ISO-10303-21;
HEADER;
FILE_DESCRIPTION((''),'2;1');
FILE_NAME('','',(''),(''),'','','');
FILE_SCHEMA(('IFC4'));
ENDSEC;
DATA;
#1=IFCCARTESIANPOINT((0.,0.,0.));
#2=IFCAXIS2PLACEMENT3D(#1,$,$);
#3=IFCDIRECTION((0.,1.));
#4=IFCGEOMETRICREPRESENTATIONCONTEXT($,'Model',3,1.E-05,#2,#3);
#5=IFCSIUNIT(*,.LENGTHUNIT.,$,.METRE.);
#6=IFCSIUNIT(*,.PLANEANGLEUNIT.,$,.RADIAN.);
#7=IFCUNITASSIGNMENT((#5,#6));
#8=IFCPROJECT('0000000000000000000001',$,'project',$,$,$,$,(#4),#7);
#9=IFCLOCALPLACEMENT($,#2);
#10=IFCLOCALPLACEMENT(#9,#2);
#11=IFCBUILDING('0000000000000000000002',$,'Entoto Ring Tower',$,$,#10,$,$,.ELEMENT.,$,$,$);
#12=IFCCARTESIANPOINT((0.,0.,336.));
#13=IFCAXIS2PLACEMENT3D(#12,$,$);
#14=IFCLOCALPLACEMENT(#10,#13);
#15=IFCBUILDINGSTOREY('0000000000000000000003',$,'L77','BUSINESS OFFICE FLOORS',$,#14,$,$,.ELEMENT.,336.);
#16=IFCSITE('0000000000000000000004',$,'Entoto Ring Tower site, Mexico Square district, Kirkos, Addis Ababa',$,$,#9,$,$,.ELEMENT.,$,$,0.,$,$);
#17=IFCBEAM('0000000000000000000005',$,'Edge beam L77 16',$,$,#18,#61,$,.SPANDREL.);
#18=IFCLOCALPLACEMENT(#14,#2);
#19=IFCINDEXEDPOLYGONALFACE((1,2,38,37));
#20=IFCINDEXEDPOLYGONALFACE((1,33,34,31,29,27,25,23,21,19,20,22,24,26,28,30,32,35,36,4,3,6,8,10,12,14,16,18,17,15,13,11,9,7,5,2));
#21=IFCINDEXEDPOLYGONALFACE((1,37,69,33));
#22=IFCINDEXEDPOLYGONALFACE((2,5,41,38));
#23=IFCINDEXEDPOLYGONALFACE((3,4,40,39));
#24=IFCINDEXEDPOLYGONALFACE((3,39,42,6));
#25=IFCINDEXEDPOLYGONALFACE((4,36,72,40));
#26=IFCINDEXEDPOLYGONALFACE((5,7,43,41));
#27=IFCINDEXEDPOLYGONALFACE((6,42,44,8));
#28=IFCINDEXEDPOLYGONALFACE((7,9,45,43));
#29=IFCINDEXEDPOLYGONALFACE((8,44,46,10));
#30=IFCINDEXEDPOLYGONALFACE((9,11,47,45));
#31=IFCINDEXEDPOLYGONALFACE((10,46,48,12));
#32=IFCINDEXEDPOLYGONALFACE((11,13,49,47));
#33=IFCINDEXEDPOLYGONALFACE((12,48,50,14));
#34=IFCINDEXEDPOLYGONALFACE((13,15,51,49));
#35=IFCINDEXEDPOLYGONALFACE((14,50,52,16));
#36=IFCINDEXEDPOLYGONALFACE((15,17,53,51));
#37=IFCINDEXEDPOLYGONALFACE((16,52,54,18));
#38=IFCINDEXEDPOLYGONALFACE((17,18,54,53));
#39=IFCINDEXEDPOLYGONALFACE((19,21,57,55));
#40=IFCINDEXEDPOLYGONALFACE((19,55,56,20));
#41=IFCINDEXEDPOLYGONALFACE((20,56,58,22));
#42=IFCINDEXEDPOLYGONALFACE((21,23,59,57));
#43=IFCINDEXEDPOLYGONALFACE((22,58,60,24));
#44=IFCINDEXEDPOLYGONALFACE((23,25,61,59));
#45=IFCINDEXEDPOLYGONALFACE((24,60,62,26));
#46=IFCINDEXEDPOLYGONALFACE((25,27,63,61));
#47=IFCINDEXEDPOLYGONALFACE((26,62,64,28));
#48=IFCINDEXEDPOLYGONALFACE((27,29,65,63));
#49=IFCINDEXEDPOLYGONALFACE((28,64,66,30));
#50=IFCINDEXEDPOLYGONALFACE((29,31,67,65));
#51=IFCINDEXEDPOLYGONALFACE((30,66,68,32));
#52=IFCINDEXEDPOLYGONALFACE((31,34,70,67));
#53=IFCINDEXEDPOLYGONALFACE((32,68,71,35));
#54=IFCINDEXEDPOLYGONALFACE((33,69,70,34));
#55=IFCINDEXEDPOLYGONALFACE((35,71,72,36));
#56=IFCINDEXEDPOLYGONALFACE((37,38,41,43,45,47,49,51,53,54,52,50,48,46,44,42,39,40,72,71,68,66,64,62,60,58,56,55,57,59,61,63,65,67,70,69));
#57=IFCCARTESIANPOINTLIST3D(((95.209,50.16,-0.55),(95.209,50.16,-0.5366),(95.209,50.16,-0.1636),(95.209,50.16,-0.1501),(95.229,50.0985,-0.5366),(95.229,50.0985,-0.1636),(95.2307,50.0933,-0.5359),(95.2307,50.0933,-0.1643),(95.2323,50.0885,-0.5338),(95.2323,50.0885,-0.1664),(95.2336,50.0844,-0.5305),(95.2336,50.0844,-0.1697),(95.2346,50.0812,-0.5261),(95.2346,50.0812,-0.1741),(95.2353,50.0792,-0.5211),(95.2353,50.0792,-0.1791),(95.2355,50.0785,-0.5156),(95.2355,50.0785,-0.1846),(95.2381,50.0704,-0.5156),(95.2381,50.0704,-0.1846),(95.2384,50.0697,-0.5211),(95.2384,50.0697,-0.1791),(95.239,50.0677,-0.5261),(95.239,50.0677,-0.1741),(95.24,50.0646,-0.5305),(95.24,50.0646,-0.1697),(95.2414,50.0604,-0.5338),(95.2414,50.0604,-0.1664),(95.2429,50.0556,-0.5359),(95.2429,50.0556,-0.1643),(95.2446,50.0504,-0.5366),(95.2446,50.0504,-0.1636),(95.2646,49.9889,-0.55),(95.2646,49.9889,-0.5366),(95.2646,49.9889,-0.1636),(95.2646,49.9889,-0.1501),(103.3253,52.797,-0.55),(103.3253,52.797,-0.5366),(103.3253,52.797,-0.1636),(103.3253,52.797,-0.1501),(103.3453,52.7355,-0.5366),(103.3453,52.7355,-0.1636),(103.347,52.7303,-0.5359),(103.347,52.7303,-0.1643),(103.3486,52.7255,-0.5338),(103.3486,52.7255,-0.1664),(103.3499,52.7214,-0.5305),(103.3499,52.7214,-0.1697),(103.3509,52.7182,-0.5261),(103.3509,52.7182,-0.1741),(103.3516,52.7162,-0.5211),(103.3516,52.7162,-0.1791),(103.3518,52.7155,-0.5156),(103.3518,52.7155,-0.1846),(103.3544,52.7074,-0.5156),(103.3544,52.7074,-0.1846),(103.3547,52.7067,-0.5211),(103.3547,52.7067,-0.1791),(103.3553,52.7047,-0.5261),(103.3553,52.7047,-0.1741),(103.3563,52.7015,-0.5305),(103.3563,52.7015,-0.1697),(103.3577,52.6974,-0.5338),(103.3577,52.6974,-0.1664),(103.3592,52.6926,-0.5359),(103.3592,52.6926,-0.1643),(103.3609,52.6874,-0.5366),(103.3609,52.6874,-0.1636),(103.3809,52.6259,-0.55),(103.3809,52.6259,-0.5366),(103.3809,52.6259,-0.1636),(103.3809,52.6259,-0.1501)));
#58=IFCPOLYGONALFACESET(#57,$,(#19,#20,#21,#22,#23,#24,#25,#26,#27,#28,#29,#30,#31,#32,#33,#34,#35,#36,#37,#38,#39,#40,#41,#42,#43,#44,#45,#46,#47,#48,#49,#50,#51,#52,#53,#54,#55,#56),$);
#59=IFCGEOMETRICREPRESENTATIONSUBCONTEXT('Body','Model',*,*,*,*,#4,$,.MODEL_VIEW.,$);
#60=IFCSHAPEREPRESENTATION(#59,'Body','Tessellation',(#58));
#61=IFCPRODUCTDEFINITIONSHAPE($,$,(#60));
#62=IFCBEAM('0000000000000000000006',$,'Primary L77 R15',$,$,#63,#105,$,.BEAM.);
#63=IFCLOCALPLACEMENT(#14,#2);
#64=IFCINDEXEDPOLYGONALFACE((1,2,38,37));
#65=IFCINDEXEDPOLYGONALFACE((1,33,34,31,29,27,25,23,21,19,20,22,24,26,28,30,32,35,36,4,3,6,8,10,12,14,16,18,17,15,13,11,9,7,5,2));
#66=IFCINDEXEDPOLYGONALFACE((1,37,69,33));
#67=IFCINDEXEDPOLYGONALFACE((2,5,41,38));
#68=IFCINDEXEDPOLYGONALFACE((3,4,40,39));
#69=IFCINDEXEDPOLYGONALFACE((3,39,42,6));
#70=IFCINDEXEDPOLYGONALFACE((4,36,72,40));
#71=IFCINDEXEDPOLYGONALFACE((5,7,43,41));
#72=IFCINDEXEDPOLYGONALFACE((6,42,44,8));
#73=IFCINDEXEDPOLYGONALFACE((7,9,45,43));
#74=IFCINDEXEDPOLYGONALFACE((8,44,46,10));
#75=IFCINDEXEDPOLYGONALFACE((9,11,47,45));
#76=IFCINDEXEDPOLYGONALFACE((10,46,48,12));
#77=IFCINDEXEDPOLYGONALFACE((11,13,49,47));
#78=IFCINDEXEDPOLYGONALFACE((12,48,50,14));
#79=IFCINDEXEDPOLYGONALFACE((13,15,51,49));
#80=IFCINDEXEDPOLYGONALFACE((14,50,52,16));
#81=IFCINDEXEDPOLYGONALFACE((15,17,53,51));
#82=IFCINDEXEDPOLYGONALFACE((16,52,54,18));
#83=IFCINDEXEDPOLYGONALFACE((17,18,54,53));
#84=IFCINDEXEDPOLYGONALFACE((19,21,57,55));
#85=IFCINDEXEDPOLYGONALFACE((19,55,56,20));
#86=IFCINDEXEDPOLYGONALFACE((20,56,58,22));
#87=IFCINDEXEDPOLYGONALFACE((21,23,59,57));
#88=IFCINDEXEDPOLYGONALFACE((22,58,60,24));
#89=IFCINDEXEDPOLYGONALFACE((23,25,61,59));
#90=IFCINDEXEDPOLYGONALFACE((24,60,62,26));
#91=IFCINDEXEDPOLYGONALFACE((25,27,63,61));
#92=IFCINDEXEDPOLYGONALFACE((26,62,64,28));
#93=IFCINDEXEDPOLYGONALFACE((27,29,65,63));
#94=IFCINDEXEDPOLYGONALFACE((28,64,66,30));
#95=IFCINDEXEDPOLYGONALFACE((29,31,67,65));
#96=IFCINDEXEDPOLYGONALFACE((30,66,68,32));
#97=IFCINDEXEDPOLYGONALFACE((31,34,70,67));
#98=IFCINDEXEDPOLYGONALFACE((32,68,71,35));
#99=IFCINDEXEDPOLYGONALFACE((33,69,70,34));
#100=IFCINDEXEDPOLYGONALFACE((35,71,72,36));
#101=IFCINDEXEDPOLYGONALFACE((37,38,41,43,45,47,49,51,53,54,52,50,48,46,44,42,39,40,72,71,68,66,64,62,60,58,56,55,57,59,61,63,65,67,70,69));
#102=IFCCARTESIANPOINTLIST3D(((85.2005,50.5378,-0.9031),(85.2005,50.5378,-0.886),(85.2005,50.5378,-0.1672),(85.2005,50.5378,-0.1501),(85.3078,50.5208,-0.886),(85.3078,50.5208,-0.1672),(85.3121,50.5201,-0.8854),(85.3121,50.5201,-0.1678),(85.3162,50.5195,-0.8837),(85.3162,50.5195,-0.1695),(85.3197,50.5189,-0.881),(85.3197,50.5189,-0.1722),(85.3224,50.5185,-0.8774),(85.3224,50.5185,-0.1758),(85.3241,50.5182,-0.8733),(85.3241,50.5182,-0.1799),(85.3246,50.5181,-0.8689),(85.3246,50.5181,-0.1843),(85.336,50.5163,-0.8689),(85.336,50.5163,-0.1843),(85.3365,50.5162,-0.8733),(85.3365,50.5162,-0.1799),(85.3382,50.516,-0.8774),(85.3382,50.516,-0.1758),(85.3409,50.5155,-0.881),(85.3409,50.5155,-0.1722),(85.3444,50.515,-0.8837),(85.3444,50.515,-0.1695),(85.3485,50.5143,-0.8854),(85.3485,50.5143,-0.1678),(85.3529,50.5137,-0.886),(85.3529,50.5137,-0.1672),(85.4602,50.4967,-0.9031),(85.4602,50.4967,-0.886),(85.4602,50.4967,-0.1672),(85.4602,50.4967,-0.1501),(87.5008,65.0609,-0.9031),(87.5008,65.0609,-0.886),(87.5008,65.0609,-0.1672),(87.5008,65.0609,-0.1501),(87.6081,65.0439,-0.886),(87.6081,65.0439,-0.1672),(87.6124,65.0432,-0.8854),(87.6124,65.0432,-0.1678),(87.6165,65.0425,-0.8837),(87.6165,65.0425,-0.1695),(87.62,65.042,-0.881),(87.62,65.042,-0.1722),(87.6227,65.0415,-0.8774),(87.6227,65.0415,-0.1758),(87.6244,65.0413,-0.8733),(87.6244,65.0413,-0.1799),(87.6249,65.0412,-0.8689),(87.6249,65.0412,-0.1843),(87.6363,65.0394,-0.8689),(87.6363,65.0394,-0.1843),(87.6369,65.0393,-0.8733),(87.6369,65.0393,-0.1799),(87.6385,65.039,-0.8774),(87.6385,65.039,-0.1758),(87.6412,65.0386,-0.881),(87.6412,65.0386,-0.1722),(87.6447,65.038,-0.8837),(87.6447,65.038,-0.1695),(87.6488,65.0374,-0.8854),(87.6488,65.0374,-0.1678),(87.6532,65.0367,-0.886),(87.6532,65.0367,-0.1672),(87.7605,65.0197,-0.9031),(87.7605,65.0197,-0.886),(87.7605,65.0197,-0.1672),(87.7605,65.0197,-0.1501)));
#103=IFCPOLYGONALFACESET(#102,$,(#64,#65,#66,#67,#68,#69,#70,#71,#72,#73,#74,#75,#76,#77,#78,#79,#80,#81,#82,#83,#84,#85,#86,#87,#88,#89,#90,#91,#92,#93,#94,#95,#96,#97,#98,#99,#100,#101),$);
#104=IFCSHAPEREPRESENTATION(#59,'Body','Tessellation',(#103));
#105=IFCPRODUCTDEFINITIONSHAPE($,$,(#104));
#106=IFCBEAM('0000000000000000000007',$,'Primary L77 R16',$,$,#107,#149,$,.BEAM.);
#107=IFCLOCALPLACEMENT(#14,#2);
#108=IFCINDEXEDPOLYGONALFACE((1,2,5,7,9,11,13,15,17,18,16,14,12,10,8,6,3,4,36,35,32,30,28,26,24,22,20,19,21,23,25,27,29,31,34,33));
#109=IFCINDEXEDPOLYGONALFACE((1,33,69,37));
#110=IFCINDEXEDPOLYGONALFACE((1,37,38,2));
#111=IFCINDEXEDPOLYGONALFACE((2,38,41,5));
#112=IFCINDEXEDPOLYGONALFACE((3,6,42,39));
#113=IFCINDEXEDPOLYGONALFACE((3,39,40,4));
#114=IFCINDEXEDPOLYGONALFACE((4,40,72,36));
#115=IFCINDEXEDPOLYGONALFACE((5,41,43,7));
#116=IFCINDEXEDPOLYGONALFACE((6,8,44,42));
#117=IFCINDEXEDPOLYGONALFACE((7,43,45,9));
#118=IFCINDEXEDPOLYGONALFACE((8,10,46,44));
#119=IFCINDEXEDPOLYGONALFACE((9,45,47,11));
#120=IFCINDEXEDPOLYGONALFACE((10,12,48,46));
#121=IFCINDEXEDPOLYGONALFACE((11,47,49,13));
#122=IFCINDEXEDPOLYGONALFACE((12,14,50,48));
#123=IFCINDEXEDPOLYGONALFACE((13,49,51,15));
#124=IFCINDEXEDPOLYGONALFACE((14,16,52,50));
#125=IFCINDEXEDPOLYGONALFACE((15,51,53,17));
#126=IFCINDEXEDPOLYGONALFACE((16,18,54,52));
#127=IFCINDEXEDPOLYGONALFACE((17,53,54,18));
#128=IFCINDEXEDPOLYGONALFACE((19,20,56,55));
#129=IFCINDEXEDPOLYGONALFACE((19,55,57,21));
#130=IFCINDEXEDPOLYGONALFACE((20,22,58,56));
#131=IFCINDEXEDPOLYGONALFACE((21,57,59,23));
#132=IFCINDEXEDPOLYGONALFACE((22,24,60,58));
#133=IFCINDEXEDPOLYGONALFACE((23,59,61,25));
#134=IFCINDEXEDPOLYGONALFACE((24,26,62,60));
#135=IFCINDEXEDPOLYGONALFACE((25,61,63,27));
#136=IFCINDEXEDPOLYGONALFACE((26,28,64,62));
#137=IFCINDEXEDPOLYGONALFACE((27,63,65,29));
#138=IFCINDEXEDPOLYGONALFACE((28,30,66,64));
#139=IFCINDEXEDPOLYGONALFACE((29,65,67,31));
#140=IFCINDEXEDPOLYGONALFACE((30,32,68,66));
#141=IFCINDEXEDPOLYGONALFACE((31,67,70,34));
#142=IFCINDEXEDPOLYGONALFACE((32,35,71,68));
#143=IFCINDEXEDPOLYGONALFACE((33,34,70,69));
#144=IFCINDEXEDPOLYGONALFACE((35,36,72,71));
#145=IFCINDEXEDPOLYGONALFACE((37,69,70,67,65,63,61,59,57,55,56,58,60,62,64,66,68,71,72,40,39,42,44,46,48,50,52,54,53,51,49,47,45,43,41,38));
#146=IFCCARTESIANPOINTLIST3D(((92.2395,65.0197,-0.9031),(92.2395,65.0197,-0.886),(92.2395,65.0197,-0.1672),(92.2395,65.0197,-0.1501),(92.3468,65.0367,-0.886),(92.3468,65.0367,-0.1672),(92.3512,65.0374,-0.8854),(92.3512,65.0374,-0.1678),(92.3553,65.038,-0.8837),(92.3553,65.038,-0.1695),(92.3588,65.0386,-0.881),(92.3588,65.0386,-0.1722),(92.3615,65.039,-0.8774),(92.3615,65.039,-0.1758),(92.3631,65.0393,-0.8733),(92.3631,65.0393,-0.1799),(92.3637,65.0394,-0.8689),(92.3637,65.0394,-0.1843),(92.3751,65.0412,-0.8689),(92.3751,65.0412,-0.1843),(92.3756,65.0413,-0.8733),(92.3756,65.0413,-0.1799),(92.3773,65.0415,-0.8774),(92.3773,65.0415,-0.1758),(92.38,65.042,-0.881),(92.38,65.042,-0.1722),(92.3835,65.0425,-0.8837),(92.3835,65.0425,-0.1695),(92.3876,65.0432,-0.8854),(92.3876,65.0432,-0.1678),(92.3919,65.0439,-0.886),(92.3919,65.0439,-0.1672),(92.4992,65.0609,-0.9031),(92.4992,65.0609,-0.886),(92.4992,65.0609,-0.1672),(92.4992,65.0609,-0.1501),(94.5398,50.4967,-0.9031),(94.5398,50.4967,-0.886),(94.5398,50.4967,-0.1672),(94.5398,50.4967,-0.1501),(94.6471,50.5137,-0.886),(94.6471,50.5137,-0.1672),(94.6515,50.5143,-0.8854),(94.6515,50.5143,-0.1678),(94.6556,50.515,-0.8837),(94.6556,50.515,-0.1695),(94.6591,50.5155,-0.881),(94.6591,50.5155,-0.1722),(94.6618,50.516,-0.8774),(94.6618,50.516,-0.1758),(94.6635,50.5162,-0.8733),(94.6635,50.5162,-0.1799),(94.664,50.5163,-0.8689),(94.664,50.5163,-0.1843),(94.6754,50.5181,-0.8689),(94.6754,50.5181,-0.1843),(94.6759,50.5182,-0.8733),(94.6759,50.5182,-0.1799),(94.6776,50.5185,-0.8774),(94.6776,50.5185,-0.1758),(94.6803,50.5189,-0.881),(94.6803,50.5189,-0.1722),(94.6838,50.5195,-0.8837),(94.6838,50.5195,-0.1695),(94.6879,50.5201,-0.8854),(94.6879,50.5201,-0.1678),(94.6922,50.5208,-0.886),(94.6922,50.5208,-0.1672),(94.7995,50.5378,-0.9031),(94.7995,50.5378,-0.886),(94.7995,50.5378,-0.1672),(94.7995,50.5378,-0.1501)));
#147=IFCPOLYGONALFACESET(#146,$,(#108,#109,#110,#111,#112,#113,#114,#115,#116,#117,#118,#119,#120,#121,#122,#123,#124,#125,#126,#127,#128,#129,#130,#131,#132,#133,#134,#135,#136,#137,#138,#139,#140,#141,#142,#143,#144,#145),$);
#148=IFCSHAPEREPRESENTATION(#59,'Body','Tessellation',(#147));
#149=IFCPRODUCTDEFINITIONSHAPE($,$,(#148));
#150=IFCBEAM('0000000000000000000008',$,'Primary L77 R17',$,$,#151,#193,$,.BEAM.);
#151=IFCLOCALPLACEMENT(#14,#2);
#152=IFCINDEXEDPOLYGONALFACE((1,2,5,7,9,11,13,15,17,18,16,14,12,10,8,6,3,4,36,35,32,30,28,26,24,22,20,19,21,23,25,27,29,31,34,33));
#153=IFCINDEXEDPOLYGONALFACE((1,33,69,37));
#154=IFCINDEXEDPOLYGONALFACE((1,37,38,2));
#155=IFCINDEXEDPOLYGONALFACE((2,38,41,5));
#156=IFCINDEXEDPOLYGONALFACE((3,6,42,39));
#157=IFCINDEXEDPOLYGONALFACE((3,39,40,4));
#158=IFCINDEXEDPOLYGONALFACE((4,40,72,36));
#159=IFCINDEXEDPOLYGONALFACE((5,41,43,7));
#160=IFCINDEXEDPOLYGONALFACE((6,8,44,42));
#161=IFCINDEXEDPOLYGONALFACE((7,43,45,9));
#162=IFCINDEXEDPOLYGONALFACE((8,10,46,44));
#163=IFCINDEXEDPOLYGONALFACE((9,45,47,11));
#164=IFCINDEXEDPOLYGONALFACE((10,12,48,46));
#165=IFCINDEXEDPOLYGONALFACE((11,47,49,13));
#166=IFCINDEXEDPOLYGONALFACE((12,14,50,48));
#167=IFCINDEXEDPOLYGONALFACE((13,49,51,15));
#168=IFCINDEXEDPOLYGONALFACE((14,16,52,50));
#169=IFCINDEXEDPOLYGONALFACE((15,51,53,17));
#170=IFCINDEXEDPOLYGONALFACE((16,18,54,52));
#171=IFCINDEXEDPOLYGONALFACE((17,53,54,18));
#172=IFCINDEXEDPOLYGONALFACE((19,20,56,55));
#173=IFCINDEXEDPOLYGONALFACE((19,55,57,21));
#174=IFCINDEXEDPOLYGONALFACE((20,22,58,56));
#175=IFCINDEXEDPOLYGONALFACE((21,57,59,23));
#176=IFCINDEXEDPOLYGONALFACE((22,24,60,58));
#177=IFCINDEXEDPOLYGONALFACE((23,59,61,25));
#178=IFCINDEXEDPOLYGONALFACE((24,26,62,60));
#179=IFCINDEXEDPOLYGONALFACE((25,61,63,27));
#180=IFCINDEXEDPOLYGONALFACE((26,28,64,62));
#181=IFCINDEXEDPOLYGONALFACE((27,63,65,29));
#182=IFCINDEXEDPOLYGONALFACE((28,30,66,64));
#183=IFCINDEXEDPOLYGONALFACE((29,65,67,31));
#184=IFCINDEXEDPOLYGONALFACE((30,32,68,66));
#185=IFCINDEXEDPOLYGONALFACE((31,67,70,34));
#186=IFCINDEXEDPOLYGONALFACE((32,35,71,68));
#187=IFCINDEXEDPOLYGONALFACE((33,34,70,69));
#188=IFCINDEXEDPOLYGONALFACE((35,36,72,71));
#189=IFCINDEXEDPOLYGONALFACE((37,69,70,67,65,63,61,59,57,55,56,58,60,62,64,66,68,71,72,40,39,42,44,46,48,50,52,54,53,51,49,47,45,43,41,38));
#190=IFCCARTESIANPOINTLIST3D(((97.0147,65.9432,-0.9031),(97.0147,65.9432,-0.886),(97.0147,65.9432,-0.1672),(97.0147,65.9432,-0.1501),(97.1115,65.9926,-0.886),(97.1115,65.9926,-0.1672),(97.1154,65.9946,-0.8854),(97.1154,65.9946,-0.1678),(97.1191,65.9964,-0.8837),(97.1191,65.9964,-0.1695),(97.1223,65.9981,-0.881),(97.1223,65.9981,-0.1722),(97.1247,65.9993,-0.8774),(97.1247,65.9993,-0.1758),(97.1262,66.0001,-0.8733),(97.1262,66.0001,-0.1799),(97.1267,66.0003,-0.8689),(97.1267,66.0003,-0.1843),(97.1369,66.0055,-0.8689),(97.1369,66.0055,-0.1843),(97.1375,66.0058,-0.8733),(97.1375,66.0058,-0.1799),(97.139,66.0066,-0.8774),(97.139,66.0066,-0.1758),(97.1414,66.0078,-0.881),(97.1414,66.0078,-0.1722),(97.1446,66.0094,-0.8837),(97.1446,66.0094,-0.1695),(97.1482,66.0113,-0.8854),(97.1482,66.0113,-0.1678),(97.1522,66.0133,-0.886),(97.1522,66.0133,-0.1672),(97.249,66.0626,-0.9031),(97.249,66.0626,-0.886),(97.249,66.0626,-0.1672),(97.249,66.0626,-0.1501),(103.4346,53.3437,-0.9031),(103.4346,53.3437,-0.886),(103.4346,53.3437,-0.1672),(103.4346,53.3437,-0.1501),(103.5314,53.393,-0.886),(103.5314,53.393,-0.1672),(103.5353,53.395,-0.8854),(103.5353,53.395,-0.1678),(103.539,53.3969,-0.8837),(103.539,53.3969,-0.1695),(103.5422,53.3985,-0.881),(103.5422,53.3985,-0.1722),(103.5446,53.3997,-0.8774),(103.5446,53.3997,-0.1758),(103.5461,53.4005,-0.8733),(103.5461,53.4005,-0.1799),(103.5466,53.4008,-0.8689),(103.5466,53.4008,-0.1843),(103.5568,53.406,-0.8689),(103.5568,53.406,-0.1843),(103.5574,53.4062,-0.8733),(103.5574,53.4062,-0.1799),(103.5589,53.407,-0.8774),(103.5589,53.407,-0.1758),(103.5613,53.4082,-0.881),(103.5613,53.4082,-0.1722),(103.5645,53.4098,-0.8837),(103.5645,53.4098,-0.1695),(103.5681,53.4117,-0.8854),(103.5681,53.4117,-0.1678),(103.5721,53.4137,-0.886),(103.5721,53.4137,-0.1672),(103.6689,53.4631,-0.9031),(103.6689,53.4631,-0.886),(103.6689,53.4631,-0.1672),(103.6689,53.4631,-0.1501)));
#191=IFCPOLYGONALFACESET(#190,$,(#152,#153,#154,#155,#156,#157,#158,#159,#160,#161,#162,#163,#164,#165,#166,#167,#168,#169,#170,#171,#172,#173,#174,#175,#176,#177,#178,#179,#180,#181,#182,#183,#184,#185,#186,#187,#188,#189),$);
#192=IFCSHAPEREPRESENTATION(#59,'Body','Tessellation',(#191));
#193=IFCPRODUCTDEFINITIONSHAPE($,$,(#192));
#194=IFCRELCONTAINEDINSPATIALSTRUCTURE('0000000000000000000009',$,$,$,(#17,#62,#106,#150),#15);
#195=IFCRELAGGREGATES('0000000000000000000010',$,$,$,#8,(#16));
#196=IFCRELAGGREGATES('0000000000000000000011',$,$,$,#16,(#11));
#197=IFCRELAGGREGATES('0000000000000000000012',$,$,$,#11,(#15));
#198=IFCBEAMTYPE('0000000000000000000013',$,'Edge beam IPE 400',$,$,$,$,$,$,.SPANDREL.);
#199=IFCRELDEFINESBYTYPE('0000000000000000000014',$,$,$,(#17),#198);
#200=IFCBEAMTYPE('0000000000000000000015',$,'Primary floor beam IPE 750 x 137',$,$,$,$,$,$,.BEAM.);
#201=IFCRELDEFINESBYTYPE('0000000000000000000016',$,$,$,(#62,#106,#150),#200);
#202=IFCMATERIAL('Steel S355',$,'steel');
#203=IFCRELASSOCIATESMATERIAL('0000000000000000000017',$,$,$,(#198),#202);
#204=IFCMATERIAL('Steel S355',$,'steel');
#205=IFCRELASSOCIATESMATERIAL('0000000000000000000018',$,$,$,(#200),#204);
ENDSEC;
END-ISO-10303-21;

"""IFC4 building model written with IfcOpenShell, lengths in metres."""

from ifc_helpers import new_model, si_unit, direction, frame, origin, origin_2d, place, context, subcontext, project, spatial, i_section, extrude, material, material_profile, profile_set, type_object, element, save


model = new_model("IFC4")

# Units and contexts
model_context = context("Model", 3, precision=1e-05, world=origin(), true_north=direction((0.0, 1.0)))
body_context = subcontext(model_context, "Body", "Model", "MODEL_VIEW")
ifc_project = project(units=[si_unit("LENGTHUNIT", "METRE"), si_unit("PLANEANGLEUNIT", "RADIAN")], contexts=[model_context])

# Site, building, storey
site_placement = place(None, origin())
site = spatial("IfcSite", under=ifc_project, at=site_placement, Name="Entoto Ring Tower site, Mexico Square district, Kirkos, Addis Ababa", CompositionType="ELEMENT", RefElevation=0.0)
building_placement = place(site_placement, origin())
building = spatial("IfcBuilding", under=site, at=building_placement, Name="Entoto Ring Tower", CompositionType="ELEMENT")
storey_placement = place(building_placement, frame((0.0, 0.0, 336.0)))
storey = spatial("IfcBuildingStorey", under=building, at=storey_placement, Name="L77", Description="BUSINESS OFFICE FLOORS", CompositionType="ELEMENT", Elevation=336.0)

# Beams
ifc_material_1 = material(Name="Steel S355", Category="steel")
ifc_material_profile_1 = material_profile(ifc_material_1, i_section(OverallWidth=0.1799, OverallDepth=0.3999, WebThickness=0.0085, FlangeThickness=0.0134, FilletRadius=0.021, at=origin_2d()), Name="IPE 400")
ifc_profile_set_1 = profile_set([ifc_material_profile_1], Name="Steel S355")
beam_type_1 = type_object("IfcBeamType", Name="Edge beam IPE 400", PredefinedType="SPANDREL", material=ifc_profile_set_1)
beam_1_placement = place(storey_placement, frame((95.2368, 50.0745, -0.3501), z_axis=(0.951062, 0.309001, 0.0), x_axis=(-0.309001, 0.951062, 0.0)))
element("IfcBeam", 1, at=beam_1_placement, inside=storey, type_object=beam_type_1, Name="Edge beam L77 16", PredefinedType="SPANDREL", context=body_context, shape_type="SweptSolid", body=[
    extrude(i_section(OverallWidth=0.1799, OverallDepth=0.3999, WebThickness=0.0085, FlangeThickness=0.0134, FilletRadius=0.021, at=origin_2d()), origin(), (0.0, 0.0, 1.0), 8.5339),
])
ifc_material_2 = material(Name="Steel S355", Category="steel")
ifc_material_profile_2 = material_profile(ifc_material_2, i_section(OverallWidth=0.2629, OverallDepth=0.7529, WebThickness=0.0115, FlangeThickness=0.0171, FilletRadius=0.0171, at=origin_2d()), Name="IPE 750 x 137")
ifc_profile_set_2 = profile_set([ifc_material_profile_2], Name="Steel S355")
beam_type_2 = type_object("IfcBeamType", Name="Primary floor beam IPE 750 x 137", PredefinedType="BEAM", material=ifc_profile_set_2)
for number, where, z_axis, x_axis, name in (
    (2, (87.6306, 65.0403, -0.5266), (-0.15644, -0.987687, 0.0), (0.987687, -0.15644, 0.0), "Primary L77 R15"),
    (3, (92.3694, 65.0403, -0.5266), (0.15644, -0.987687, 0.0), (0.987687, 0.15644, 0.0), "Primary L77 R16"),
):
    element("IfcBeam", number, at=place(storey_placement, frame(where, z_axis=z_axis, x_axis=x_axis)), inside=storey, type_object=beam_type_2, Name=name, PredefinedType="BEAM", context=body_context, shape_type="SweptSolid", body=[
        extrude(i_section(OverallWidth=0.2629, OverallDepth=0.7529, WebThickness=0.0115, FlangeThickness=0.0171, FilletRadius=0.0171, at=origin_2d()), origin(), (0.0, 0.0, 1.0), 14.7041),
    ])
beam_2_placement = place(storey_placement, frame((97.1318, 66.0029, -0.5266), z_axis=(0.453996, -0.891004, 0.0), x_axis=(0.891004, 0.453996, 0.0)))
element("IfcBeam", 4, at=beam_2_placement, inside=storey, type_object=beam_type_2, Name="Primary L77 R17", PredefinedType="BEAM", context=body_context, shape_type="SweptSolid", body=[
    extrude(i_section(OverallWidth=0.2629, OverallDepth=0.7529, WebThickness=0.0115, FlangeThickness=0.0171, FilletRadius=0.0171, at=origin_2d()), origin(), (0.0, 0.0, 1.0), 14.1409),
])

save(model, "model.ifc")
